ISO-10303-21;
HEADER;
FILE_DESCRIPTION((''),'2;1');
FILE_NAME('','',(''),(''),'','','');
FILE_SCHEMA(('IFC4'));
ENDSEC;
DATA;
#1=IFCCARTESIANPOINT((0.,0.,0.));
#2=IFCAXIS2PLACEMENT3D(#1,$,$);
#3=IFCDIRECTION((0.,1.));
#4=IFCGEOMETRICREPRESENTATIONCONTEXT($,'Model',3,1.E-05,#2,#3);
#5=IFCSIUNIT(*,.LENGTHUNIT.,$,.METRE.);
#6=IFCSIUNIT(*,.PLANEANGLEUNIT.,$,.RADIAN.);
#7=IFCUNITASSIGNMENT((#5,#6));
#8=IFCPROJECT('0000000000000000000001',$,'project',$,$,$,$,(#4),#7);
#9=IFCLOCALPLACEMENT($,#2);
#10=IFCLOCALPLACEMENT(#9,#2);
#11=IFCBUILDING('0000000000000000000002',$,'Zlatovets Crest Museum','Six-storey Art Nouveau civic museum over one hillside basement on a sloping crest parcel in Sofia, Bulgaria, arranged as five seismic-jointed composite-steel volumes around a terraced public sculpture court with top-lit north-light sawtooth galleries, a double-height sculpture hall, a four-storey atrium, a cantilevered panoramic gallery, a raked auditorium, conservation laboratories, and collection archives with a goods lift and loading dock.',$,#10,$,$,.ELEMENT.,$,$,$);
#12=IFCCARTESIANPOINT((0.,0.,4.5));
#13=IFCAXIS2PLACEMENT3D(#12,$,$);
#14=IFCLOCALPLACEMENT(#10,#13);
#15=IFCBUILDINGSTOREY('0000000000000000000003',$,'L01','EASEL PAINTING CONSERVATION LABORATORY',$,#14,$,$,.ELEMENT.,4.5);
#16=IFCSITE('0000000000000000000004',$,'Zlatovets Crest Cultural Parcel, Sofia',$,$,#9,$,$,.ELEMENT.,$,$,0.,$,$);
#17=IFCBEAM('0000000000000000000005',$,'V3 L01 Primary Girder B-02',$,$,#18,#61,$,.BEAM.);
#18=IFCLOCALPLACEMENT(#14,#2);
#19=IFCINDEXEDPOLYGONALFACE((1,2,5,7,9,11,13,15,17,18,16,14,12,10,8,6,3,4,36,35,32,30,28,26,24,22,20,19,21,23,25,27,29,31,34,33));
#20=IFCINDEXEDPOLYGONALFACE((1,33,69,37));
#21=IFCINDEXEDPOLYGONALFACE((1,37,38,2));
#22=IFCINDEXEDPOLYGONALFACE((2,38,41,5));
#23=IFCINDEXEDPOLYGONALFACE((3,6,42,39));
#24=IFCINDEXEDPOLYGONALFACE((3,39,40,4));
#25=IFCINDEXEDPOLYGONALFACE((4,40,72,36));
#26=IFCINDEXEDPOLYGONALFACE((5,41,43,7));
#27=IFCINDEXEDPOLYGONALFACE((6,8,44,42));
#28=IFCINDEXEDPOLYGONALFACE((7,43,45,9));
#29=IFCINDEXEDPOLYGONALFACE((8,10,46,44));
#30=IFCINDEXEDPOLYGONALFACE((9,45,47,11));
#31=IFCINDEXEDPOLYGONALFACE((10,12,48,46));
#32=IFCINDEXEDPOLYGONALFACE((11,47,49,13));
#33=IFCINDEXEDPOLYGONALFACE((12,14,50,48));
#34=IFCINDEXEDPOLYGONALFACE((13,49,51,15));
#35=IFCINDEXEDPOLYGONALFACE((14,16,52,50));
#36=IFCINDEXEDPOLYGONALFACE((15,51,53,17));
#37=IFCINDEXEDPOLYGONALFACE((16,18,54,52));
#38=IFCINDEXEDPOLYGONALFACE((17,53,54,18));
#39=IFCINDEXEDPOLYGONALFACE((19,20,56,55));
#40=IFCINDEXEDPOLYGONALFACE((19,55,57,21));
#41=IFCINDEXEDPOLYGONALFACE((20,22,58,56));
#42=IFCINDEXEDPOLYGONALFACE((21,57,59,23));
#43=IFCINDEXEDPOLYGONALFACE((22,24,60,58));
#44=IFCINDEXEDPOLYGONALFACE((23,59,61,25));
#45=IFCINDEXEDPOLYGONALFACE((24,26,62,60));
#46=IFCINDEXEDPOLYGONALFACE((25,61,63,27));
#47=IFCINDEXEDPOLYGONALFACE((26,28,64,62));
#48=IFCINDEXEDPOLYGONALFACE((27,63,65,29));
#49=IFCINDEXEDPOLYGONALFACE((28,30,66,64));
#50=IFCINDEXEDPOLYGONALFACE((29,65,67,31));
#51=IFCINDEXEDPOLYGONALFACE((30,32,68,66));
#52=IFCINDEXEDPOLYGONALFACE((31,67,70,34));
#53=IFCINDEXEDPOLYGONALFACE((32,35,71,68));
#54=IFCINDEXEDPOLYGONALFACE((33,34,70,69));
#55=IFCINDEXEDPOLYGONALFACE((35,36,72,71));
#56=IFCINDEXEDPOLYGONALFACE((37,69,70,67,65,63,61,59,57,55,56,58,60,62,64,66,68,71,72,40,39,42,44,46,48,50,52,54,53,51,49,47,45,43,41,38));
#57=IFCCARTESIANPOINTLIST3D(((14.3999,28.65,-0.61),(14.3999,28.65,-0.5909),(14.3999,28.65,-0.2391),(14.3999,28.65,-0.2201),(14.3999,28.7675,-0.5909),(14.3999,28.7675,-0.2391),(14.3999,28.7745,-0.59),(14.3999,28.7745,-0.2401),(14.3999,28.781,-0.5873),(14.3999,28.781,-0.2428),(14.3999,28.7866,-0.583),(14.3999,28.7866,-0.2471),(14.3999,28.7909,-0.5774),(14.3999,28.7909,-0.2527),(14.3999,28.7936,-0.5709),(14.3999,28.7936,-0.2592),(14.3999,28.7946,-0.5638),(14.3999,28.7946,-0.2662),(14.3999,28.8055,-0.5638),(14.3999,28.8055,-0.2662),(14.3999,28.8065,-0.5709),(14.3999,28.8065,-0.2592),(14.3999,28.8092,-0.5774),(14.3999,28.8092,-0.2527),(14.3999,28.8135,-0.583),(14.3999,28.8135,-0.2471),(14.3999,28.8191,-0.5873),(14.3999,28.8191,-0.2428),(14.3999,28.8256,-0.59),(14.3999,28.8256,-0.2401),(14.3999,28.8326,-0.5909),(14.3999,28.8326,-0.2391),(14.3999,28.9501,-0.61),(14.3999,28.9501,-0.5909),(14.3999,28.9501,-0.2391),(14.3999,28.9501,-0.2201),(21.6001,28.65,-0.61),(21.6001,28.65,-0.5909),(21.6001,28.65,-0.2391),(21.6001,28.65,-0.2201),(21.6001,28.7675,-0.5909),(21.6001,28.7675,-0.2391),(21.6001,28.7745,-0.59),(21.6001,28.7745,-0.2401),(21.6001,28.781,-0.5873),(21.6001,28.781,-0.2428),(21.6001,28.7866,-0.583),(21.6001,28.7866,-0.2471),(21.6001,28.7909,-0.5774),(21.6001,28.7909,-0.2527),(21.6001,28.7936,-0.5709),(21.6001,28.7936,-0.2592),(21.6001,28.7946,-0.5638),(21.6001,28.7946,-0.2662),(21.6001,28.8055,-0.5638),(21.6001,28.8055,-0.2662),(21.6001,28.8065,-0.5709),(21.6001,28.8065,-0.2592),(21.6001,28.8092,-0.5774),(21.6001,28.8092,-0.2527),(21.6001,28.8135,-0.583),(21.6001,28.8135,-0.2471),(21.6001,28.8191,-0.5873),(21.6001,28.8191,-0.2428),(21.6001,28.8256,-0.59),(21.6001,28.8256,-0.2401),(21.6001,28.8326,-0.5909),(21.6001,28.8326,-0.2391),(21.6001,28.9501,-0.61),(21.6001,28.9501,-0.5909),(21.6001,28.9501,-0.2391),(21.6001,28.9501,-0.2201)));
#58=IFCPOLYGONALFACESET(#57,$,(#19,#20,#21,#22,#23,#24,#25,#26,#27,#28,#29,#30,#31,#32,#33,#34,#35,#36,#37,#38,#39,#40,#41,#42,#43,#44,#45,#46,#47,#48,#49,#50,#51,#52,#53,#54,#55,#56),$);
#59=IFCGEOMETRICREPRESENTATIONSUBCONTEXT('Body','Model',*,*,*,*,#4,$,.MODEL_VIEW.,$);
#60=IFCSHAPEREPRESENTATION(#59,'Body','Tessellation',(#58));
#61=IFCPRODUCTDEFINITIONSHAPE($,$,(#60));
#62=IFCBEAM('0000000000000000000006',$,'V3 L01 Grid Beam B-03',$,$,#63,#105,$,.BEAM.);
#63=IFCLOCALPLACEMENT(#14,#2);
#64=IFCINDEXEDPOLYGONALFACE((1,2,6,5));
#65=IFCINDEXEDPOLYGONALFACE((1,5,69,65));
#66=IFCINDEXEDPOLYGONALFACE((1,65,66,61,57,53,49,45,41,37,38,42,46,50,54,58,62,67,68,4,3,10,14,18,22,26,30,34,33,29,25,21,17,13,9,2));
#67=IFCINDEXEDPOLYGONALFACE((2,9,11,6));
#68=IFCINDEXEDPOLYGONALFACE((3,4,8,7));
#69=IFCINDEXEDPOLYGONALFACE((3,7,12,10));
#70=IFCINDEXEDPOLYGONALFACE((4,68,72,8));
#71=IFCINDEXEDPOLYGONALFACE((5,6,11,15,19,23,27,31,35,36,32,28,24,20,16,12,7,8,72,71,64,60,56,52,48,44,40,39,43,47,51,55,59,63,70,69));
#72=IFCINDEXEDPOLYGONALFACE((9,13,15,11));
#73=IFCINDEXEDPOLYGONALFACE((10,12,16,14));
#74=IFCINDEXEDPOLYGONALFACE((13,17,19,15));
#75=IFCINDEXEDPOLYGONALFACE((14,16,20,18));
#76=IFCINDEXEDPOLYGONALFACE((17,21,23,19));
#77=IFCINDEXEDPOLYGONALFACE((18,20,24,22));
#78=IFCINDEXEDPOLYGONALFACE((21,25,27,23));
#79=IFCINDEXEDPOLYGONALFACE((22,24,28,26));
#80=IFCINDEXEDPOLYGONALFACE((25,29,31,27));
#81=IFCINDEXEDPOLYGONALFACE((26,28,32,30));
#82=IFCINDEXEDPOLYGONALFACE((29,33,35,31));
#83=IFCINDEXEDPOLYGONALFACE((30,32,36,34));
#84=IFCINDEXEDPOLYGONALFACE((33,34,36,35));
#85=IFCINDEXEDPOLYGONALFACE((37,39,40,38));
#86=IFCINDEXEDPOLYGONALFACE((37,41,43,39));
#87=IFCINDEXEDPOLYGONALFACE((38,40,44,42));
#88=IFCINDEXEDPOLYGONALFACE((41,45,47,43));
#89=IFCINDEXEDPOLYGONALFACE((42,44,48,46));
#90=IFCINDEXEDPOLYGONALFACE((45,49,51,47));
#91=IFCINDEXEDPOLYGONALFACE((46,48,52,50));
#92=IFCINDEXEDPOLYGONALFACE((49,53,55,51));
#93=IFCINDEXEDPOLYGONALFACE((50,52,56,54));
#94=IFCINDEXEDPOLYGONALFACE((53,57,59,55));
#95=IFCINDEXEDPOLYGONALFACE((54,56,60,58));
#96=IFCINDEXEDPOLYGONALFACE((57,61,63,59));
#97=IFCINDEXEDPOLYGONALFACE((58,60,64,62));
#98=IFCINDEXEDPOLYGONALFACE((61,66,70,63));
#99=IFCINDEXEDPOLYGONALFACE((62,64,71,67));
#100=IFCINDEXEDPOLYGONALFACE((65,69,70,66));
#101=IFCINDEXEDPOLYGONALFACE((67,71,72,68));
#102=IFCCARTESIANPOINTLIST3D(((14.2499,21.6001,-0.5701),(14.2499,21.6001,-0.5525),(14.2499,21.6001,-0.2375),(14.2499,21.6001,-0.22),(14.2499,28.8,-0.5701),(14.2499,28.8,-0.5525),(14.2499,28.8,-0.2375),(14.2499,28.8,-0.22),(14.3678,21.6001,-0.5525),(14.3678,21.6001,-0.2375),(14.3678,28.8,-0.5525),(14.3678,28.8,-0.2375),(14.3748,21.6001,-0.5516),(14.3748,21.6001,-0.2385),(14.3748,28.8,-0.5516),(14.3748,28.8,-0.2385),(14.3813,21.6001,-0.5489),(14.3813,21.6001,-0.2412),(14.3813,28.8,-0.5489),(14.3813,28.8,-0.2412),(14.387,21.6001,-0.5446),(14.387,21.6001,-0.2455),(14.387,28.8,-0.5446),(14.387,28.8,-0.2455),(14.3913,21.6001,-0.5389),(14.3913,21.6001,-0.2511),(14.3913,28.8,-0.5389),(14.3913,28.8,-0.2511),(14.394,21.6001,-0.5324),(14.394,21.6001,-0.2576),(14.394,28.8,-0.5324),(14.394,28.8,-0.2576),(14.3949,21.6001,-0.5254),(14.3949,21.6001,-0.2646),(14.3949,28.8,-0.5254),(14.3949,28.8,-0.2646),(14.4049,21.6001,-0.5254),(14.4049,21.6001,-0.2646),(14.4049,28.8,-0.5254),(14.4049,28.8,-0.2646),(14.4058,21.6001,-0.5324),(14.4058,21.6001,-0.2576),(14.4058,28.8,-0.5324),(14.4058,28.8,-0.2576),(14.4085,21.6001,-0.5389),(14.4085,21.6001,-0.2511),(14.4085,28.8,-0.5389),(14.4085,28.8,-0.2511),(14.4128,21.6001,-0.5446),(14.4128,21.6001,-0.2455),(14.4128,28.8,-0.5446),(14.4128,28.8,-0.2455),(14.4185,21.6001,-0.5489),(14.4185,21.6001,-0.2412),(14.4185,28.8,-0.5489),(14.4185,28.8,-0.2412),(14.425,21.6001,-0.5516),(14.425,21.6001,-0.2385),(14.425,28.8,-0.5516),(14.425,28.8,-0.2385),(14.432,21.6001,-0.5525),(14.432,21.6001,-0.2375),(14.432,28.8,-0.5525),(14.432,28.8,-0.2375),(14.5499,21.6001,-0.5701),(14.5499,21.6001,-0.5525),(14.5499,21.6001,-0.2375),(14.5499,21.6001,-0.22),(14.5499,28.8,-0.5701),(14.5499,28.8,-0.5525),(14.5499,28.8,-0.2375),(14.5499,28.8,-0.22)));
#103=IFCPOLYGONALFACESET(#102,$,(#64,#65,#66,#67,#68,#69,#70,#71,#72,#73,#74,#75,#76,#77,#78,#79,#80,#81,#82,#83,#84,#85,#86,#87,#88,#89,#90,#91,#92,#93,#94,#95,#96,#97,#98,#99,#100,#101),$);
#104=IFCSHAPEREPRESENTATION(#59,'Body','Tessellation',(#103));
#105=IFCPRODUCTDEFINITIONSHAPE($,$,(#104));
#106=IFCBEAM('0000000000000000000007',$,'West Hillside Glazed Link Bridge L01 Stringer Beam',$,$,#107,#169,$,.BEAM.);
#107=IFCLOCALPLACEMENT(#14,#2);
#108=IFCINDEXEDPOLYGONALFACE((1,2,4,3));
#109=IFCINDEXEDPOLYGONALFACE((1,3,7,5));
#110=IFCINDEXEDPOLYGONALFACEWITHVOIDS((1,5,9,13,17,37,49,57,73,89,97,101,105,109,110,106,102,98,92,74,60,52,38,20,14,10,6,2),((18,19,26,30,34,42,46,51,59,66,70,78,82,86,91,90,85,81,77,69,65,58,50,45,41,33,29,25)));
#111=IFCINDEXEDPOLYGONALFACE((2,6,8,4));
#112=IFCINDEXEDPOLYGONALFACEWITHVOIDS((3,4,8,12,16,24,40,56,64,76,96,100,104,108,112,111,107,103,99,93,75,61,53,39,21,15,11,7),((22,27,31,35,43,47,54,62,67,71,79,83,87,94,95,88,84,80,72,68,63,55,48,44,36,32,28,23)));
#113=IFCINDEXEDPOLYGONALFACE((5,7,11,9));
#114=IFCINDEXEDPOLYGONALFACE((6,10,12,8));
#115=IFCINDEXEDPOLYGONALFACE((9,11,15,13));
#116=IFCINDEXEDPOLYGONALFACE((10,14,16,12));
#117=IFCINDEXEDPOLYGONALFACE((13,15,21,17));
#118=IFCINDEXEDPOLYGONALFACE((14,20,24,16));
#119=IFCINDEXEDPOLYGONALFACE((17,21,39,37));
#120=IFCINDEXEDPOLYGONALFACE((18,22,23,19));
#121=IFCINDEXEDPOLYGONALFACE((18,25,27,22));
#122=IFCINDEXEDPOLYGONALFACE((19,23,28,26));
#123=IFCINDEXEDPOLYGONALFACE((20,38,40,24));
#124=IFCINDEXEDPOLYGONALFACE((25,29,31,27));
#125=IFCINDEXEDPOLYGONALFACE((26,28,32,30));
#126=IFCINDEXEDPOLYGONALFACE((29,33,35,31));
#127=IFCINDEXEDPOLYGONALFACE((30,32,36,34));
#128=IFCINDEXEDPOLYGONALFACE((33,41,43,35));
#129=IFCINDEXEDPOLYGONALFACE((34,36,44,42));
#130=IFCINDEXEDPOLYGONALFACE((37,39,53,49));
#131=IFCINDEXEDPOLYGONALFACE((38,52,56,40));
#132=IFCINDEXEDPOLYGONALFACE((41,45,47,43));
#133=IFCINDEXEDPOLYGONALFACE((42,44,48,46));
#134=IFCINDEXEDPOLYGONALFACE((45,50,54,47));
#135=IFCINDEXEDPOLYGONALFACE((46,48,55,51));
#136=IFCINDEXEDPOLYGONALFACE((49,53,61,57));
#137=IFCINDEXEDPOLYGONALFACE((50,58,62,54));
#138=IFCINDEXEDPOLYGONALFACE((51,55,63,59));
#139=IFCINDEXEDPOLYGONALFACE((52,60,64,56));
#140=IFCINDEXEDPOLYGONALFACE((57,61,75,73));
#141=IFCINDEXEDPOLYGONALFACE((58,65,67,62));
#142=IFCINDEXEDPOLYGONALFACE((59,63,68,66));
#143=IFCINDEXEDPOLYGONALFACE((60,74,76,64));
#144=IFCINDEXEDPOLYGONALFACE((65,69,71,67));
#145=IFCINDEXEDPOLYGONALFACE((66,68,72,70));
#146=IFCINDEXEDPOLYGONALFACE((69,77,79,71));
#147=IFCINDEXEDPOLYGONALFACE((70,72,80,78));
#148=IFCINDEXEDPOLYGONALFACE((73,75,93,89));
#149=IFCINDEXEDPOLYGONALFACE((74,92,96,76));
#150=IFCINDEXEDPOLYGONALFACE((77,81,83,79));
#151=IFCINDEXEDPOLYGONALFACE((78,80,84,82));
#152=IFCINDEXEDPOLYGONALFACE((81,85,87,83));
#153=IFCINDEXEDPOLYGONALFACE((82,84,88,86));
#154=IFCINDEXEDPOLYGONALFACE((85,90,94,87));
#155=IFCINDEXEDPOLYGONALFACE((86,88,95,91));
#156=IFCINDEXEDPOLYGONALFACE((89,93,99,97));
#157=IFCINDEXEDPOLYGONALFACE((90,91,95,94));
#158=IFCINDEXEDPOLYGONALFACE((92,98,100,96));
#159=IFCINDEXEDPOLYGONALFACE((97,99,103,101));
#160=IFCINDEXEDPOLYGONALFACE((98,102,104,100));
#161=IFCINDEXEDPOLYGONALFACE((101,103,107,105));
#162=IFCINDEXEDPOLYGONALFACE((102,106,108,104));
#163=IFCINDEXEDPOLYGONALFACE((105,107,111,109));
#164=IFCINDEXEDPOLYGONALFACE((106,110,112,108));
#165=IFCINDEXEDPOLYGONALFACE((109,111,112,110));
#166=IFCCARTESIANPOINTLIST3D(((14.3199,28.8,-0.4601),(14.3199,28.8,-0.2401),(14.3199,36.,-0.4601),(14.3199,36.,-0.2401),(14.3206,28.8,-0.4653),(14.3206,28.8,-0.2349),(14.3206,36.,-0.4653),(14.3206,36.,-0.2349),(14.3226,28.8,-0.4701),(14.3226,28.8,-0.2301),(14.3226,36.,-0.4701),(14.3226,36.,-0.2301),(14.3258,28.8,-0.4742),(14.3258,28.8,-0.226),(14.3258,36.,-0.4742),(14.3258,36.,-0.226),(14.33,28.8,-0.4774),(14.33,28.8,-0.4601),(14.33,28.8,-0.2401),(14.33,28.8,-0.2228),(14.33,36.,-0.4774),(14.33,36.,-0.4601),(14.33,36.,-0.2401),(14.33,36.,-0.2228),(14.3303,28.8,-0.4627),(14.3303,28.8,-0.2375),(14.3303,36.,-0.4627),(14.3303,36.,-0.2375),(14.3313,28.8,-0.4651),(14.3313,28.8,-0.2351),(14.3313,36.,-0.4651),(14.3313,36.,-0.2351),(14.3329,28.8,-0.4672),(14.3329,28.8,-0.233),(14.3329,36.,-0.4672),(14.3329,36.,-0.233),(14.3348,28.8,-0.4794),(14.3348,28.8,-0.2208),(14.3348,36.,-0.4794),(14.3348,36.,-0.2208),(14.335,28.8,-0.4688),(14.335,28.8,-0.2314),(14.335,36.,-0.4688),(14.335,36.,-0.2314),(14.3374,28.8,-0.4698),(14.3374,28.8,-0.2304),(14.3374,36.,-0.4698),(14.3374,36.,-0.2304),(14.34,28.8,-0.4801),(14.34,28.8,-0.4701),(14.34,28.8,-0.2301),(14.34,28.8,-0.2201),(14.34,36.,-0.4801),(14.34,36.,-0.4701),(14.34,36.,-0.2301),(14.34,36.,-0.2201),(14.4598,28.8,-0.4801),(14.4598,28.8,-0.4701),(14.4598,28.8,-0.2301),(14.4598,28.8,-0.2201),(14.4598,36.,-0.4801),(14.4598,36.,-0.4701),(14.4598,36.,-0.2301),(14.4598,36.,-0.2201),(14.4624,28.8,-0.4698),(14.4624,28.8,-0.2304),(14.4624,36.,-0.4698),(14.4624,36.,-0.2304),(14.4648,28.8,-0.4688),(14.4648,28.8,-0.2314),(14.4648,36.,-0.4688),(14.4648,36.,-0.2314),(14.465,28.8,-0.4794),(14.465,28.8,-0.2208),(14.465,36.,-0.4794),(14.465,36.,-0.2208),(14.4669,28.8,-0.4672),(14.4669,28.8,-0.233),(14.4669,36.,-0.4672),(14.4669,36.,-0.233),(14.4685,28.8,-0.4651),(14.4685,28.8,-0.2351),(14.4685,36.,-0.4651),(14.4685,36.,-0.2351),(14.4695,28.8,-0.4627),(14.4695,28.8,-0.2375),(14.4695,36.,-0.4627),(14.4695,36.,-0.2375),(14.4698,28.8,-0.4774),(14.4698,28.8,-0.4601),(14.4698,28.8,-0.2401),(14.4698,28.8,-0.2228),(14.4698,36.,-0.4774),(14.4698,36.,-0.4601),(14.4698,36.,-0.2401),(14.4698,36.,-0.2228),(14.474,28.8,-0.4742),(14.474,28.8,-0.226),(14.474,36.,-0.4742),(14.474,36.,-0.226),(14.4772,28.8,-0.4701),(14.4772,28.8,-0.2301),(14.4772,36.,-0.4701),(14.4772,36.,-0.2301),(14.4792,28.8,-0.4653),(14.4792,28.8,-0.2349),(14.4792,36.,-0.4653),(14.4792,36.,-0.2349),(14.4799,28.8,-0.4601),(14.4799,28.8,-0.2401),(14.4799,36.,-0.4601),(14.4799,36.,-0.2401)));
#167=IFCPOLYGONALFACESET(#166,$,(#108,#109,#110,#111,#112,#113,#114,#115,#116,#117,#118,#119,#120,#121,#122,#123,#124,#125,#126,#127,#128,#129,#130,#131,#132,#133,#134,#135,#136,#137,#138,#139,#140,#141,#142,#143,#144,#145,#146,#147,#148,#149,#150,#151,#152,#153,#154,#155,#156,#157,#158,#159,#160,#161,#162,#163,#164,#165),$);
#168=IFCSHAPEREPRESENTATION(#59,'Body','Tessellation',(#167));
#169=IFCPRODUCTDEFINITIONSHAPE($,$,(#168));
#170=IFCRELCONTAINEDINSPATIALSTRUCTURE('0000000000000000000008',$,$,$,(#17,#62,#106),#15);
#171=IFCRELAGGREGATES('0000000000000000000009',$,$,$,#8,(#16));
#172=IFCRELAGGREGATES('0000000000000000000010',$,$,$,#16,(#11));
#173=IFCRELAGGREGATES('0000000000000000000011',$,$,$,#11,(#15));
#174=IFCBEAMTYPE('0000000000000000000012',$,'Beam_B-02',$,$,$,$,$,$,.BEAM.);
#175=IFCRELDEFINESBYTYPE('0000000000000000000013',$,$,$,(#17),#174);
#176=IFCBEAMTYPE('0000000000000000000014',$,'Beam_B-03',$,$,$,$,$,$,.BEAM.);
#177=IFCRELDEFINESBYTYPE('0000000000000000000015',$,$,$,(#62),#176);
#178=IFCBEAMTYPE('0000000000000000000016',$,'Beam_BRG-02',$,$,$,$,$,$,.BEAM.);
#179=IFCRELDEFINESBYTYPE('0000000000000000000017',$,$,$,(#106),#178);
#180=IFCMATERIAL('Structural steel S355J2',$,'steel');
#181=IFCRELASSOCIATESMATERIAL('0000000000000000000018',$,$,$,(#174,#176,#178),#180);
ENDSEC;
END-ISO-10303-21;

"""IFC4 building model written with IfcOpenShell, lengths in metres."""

from ifc_helpers import new_model, si_unit, direction, frame, origin, origin_2d, place, context, subcontext, project, spatial, hollow_rectangle, i_section, extrude, material, material_profile, profile_set, type_object, element, save


model = new_model("IFC4")

# Units and contexts
model_context = context("Model", 3, precision=1e-05, world=origin(), true_north=direction((0.0, 1.0)))
body_context = subcontext(model_context, "Body", "Model", "MODEL_VIEW")
ifc_project = project(units=[si_unit("LENGTHUNIT", "METRE"), si_unit("PLANEANGLEUNIT", "RADIAN")], contexts=[model_context])

# Site, building, storey
site_placement = place(None, origin())
site = spatial("IfcSite", under=ifc_project, at=site_placement, Name="Zlatovets Crest Cultural Parcel, Sofia", CompositionType="ELEMENT", RefElevation=0.0)
building_placement = place(site_placement, origin())
building = spatial("IfcBuilding", under=site, at=building_placement, Name="Zlatovets Crest Museum", Description="Six-storey Art Nouveau civic museum over one hillside basement on a sloping crest parcel in Sofia, Bulgaria, arranged as five seismic-jointed composite-steel volumes around a terraced public sculpture court with top-lit north-light sawtooth galleries, a double-height sculpture hall, a four-storey atrium, a cantilevered panoramic gallery, a raked auditorium, conservation laboratories, and collection archives with a goods lift and loading dock.", CompositionType="ELEMENT")
storey_placement = place(building_placement, frame((0.0, 0.0, 4.5)))
storey = spatial("IfcBuildingStorey", under=building, at=storey_placement, Name="L01", Description="EASEL PAINTING CONSERVATION LABORATORY", CompositionType="ELEMENT", Elevation=4.5)

# Shared definitions
ifc_material_1 = material(Name="Structural steel S355J2", Category="steel")

# Beams
ifc_material_profile_1 = material_profile(ifc_material_1, i_section(OverallWidth=0.3, OverallDepth=0.3899, WebThickness=0.011, FlangeThickness=0.019, FilletRadius=0.0271, at=origin_2d()), Name="HEA 400")
ifc_profile_set_1 = profile_set([ifc_material_profile_1], Name="Structural steel S355J2")
beam_type_1 = type_object("IfcBeamType", Name="Beam_B-02", PredefinedType="BEAM", material=ifc_profile_set_1)
for number, where, z_axis, x_axis, name in (
    (1, (14.3999, 28.8, -0.415), (1.0, 0.0, 0.0), (0.0, 1.0, 0.0), "V3 L01 Primary Girder B-02"),
):
    element("IfcBeam", number, at=place(storey_placement, frame(where, z_axis=z_axis, x_axis=x_axis)), inside=storey, type_object=beam_type_1, Name=name, PredefinedType="BEAM", context=body_context, shape_type="SweptSolid", body=[
        extrude(i_section(OverallWidth=0.3, OverallDepth=0.3899, WebThickness=0.011, FlangeThickness=0.019, FilletRadius=0.0271, at=origin_2d()), origin(), (0.0, 0.0, 1.0), 7.2002),
    ])
ifc_material_profile_2 = material_profile(ifc_material_1, i_section(OverallWidth=0.3, OverallDepth=0.3501, WebThickness=0.01, FlangeThickness=0.0176, FilletRadius=0.0271, at=origin_2d()), Name="HEA 360")
ifc_profile_set_2 = profile_set([ifc_material_profile_2], Name="Structural steel S355J2")
beam_type_2 = type_object("IfcBeamType", Name="Beam_B-03", PredefinedType="BEAM", material=ifc_profile_set_2)
beam_1_placement = place(storey_placement, frame((14.3999, 21.6001, -0.395), z_axis=(0.0, 1.0, 0.0), x_axis=(-1.0, 0.0, 0.0)))
element("IfcBeam", 2, at=beam_1_placement, inside=storey, type_object=beam_type_2, Name="V3 L01 Grid Beam B-03", PredefinedType="BEAM", context=body_context, shape_type="SweptSolid", body=[
    extrude(i_section(OverallWidth=0.3, OverallDepth=0.3501, WebThickness=0.01, FlangeThickness=0.0176, FilletRadius=0.0271, at=origin_2d()), origin(), (0.0, 0.0, 1.0), 7.2),
])
ifc_material_profile_3 = material_profile(ifc_material_1, hollow_rectangle(XDim=0.1599, YDim=0.26, WallThickness=0.01, InnerFilletRadius=0.01, OuterFilletRadius=0.02, at=origin_2d()), Name="RHS 160x260x10.0")
ifc_profile_set_3 = profile_set([ifc_material_profile_3], Name="Structural steel S355J2")
beam_type_3 = type_object("IfcBeamType", Name="Beam_BRG-02", PredefinedType="BEAM", material=ifc_profile_set_3)
beam_2_placement = place(storey_placement, frame((14.3999, 28.8, -0.3501), z_axis=(0.0, 1.0, 0.0), x_axis=(-1.0, 0.0, 0.0)))
element("IfcBeam", 3, at=beam_2_placement, inside=storey, type_object=beam_type_3, Name="West Hillside Glazed Link Bridge L01 Stringer Beam", PredefinedType="BEAM", context=body_context, shape_type="SweptSolid", body=[
    extrude(hollow_rectangle(XDim=0.1599, YDim=0.26, WallThickness=0.01, InnerFilletRadius=0.01, OuterFilletRadius=0.02, at=origin_2d()), origin(), (0.0, 0.0, 1.0), 7.2),
])

save(model, "model.ifc")
